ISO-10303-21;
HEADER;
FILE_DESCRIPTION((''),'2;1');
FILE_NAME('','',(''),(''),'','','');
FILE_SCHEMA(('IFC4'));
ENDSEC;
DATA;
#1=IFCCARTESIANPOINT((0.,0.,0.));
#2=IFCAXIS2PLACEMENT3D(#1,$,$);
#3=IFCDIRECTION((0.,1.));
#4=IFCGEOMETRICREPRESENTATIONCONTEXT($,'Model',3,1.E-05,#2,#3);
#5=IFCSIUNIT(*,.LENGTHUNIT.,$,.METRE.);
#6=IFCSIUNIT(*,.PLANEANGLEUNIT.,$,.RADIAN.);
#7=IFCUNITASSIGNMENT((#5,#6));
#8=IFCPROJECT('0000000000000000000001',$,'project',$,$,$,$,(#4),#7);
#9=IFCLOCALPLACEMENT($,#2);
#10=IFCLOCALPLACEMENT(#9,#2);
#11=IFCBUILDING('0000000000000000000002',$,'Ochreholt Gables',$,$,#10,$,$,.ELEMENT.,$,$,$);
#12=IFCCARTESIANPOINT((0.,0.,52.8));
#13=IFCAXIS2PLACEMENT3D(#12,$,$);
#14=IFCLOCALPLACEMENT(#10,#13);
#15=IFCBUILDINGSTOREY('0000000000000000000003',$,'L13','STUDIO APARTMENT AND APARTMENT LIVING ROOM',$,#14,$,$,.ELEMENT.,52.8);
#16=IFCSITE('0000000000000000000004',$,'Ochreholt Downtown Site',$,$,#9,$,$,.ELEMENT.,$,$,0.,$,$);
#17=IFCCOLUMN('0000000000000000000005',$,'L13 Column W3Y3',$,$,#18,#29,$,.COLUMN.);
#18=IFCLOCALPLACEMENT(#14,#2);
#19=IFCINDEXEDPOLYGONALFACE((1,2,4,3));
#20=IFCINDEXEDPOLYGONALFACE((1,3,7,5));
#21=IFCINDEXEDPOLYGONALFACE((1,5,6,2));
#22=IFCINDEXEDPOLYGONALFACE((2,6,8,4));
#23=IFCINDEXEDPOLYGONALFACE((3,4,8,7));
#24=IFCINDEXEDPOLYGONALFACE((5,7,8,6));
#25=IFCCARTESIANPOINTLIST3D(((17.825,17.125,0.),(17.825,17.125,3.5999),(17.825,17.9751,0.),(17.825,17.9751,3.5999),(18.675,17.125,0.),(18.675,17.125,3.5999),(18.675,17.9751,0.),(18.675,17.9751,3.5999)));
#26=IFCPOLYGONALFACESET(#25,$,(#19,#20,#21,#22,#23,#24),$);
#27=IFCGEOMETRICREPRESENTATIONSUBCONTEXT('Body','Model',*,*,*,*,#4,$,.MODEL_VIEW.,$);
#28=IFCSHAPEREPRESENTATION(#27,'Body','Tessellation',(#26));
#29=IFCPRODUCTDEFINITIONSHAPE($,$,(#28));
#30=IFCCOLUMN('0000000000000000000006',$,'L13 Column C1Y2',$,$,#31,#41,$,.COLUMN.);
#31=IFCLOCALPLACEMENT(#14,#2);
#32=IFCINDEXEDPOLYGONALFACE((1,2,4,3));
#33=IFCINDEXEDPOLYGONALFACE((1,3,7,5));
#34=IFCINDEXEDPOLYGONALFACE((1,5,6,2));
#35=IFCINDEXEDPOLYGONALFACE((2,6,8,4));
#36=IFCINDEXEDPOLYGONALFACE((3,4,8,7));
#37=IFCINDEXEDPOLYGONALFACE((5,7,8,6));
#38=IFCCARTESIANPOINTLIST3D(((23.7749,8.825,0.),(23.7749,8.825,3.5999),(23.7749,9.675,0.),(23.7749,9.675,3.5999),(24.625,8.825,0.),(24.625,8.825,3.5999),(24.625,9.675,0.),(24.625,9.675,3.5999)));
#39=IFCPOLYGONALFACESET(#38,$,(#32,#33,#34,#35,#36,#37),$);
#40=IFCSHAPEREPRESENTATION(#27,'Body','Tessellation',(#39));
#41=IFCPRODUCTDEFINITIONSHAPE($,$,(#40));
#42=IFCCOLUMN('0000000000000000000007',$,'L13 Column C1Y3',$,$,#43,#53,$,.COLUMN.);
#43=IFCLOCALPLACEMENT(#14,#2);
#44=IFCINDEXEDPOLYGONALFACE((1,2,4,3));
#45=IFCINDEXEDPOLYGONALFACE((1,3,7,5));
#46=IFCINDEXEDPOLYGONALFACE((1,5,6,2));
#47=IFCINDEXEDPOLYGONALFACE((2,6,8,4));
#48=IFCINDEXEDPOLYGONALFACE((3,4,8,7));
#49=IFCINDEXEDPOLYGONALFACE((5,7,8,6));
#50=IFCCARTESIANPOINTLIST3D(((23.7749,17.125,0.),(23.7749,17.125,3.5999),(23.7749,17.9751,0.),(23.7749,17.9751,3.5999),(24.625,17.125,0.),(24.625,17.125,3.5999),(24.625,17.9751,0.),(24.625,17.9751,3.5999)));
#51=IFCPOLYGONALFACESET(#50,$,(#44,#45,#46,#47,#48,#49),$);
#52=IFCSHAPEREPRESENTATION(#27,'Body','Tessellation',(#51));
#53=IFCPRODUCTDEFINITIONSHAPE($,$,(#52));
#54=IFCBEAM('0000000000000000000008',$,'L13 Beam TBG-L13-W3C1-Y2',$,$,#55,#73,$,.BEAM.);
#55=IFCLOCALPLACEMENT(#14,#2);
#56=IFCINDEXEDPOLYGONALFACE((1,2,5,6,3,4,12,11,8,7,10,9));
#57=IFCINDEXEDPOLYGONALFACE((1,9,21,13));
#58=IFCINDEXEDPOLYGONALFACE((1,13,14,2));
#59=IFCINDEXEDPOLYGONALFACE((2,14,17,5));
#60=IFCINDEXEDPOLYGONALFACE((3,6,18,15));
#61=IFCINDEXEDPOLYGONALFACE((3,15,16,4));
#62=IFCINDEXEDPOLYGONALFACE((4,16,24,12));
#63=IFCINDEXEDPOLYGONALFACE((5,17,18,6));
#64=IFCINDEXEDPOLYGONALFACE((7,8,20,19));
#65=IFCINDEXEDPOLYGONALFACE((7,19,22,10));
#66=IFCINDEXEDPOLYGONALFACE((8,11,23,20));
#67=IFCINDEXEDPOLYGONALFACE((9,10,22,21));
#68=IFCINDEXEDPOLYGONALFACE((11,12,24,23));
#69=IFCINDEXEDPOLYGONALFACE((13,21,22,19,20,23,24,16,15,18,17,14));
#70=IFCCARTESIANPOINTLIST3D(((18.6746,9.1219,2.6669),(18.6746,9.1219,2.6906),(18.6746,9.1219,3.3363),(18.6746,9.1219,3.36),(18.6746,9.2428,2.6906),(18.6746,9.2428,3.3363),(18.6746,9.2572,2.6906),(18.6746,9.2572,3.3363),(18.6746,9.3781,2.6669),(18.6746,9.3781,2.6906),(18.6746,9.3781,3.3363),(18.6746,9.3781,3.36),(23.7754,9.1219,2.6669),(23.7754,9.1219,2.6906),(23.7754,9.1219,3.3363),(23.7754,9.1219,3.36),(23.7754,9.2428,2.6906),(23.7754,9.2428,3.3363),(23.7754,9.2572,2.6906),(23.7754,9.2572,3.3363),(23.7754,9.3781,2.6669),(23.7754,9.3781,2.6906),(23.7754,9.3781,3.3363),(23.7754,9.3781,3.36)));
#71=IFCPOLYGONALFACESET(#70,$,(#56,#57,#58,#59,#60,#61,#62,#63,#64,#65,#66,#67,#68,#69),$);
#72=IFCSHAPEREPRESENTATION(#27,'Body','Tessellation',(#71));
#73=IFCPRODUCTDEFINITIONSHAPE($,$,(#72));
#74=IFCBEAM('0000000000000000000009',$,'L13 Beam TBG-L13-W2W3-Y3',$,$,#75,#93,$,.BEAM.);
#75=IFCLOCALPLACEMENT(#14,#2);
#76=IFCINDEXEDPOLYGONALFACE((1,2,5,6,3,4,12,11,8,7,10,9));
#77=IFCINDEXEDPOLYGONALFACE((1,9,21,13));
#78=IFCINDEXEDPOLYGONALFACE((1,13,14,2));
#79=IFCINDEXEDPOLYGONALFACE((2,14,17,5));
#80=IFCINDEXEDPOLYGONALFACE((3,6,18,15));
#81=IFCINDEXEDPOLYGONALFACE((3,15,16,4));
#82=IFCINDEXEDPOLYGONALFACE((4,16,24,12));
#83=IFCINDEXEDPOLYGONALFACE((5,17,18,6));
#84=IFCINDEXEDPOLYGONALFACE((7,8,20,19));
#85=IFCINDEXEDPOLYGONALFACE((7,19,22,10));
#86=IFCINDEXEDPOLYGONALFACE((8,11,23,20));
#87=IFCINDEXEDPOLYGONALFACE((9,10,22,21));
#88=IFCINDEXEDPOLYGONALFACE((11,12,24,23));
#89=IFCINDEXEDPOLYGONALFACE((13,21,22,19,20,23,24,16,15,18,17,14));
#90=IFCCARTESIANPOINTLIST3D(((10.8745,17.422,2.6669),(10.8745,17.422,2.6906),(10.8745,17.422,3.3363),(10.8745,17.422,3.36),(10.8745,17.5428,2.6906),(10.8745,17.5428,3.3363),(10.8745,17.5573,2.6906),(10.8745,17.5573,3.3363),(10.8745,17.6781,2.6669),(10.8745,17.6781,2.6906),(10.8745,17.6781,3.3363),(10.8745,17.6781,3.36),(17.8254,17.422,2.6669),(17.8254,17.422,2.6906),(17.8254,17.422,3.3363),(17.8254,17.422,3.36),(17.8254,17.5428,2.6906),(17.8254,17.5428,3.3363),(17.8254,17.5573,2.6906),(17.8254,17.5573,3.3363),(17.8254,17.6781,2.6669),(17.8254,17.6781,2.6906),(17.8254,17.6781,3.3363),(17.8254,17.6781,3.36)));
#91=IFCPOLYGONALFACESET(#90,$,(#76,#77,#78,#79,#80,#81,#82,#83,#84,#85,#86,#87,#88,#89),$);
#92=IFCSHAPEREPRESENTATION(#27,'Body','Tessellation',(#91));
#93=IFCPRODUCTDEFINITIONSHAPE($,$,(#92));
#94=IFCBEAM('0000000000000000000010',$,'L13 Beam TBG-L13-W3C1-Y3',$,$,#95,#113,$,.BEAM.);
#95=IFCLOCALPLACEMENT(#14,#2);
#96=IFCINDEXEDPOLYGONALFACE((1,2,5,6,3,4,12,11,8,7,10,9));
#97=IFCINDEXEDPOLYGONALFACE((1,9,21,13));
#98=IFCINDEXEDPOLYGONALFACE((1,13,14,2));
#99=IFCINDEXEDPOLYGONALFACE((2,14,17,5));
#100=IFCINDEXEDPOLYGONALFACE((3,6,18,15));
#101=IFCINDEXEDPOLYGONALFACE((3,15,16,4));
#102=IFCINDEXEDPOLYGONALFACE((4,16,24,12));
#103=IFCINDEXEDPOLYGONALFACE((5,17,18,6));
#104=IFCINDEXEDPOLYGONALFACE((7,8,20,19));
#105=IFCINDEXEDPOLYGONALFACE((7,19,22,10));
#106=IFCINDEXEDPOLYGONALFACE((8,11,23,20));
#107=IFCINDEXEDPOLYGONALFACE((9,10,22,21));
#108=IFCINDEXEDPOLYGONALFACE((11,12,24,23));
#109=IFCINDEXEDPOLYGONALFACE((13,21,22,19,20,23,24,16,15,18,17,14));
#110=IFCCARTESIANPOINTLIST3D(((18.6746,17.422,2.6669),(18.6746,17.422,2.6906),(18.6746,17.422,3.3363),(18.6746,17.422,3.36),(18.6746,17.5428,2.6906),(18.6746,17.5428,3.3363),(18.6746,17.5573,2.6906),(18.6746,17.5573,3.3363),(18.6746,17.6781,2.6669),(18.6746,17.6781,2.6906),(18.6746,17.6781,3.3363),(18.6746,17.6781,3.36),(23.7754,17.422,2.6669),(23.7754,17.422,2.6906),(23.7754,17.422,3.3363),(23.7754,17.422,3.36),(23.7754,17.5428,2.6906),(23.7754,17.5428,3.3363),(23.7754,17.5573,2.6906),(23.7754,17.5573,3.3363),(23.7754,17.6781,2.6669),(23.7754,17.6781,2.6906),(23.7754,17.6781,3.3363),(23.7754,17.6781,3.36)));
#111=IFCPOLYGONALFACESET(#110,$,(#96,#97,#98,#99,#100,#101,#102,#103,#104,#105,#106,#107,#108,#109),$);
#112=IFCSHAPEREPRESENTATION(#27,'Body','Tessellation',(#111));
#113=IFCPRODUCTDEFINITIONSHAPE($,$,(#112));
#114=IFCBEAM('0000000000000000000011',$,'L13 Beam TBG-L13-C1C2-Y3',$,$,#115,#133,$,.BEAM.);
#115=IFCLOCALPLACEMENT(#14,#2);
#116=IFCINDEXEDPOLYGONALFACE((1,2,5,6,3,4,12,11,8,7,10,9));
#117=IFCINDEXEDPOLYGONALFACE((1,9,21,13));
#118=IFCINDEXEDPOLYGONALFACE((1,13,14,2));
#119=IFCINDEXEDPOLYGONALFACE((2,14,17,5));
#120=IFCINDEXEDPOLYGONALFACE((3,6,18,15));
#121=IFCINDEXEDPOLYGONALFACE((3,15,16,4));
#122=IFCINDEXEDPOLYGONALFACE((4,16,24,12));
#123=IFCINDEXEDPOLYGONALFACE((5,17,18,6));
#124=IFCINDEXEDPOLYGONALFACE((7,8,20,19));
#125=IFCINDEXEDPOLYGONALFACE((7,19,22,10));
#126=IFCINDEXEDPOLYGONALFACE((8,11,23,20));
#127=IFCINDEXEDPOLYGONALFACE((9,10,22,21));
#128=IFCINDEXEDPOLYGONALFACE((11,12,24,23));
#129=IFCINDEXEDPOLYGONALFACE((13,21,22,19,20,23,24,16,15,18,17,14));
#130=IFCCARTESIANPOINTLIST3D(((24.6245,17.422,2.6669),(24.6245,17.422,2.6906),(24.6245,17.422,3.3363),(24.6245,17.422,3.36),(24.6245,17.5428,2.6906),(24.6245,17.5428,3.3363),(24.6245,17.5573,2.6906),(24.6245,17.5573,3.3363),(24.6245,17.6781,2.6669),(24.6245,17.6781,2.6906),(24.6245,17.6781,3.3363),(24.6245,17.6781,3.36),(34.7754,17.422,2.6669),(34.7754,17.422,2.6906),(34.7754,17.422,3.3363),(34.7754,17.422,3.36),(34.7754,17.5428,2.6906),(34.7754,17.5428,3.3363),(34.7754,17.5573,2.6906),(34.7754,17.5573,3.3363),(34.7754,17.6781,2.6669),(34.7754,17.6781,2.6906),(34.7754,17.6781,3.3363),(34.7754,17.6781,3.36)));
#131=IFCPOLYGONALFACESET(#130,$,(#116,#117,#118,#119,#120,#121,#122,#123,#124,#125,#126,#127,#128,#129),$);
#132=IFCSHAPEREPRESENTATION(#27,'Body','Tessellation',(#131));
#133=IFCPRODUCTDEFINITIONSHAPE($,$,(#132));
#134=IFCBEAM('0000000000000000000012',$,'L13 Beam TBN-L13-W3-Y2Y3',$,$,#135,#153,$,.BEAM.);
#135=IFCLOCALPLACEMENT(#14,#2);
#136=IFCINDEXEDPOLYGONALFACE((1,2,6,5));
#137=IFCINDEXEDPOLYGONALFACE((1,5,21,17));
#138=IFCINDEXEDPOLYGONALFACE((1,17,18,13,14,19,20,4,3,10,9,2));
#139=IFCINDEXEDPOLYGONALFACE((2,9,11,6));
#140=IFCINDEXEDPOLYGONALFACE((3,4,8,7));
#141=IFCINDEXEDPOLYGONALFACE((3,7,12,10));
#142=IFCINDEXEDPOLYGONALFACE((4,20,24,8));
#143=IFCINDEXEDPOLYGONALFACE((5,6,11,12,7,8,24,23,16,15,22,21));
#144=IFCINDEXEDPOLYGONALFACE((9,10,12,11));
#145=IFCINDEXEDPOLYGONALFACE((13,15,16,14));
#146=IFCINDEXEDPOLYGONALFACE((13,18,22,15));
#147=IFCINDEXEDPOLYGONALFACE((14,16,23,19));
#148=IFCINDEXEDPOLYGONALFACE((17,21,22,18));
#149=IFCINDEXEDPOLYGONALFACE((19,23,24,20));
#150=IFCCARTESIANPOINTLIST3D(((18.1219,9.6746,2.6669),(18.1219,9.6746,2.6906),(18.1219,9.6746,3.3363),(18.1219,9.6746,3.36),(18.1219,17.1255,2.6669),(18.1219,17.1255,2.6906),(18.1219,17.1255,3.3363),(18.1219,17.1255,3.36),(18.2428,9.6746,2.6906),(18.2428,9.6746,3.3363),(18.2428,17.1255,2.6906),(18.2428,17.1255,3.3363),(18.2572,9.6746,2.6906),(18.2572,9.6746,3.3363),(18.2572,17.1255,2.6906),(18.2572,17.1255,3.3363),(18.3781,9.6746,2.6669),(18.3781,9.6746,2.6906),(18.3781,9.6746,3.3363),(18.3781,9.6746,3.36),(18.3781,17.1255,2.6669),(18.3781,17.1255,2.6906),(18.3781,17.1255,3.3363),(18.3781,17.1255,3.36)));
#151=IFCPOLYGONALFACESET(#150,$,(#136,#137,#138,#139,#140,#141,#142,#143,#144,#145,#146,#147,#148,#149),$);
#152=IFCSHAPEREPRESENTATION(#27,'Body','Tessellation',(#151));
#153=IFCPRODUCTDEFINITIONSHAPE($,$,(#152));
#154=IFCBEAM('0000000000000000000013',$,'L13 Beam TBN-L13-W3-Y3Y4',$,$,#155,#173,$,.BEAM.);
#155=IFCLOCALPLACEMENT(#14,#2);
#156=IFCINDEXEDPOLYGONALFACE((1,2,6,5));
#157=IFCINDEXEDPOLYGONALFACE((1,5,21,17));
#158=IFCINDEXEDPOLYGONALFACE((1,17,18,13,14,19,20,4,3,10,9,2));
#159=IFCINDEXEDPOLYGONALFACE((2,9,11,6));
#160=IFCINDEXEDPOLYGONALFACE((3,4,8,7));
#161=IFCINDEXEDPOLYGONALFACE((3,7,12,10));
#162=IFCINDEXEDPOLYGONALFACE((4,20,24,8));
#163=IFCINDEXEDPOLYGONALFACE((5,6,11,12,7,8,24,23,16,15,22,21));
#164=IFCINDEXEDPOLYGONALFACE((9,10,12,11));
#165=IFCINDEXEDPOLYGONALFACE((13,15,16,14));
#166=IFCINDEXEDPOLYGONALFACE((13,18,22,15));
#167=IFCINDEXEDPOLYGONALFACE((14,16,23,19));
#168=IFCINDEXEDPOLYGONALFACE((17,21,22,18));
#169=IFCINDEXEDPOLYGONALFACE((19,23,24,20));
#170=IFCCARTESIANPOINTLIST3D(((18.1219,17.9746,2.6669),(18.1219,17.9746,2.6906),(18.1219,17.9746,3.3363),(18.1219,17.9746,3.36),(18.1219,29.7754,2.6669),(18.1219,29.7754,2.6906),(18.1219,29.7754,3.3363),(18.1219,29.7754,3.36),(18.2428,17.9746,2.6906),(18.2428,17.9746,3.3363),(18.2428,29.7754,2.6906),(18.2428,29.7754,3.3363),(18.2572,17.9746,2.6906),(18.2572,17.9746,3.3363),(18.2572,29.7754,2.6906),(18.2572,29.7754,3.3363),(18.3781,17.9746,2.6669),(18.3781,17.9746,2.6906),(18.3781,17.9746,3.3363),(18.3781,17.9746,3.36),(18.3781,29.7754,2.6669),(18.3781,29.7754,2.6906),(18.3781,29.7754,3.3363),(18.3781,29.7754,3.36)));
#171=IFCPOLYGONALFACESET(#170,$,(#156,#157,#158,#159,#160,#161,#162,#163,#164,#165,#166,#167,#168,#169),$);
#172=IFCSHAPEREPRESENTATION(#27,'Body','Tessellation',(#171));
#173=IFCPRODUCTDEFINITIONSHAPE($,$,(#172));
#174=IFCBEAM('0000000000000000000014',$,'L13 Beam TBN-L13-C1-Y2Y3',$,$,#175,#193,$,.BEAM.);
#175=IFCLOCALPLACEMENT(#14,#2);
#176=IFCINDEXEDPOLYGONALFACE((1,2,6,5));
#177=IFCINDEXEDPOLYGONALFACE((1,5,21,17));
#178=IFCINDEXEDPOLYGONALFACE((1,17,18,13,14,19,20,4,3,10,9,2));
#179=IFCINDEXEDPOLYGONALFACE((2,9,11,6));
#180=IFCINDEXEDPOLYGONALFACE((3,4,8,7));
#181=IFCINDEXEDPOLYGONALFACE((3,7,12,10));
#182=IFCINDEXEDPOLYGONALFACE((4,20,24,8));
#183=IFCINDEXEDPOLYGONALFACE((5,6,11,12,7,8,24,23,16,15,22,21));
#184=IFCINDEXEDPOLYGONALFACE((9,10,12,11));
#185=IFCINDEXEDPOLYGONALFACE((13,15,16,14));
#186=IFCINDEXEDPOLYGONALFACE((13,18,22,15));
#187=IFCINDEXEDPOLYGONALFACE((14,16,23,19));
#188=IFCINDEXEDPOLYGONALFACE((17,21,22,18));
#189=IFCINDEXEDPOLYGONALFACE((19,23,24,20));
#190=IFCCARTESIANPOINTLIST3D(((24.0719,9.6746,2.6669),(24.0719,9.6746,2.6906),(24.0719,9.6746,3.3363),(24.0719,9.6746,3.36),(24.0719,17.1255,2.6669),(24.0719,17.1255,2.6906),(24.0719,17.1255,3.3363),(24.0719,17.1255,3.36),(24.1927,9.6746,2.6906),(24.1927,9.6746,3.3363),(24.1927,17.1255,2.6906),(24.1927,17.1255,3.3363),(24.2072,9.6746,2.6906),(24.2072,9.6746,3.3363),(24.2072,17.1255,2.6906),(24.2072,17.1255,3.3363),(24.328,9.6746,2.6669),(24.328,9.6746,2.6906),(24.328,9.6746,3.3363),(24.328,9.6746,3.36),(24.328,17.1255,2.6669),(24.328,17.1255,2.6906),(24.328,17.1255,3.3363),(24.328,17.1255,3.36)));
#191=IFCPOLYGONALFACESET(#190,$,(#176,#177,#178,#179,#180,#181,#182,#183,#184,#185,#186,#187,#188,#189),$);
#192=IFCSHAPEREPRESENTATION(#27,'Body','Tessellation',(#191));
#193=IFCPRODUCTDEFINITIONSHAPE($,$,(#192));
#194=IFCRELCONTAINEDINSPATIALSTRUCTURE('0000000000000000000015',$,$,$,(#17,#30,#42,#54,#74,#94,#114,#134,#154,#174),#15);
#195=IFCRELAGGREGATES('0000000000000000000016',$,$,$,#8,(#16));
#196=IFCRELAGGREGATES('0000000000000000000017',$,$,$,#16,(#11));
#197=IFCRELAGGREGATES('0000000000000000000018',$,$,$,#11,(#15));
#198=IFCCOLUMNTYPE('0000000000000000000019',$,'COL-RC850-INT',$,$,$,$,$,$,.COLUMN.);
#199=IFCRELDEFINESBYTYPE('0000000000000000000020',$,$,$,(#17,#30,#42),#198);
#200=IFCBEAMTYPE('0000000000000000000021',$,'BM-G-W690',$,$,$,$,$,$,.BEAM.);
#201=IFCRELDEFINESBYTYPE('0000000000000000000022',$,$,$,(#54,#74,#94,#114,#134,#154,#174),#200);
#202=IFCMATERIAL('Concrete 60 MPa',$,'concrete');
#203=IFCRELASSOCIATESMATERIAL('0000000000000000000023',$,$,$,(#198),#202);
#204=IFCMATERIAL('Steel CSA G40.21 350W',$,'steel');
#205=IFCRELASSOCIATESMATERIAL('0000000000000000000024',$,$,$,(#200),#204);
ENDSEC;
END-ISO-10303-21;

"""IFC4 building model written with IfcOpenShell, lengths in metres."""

from ifc_helpers import new_model, si_unit, direction, frame, origin, origin_2d, place, context, subcontext, project, spatial, rectangle, i_section, extrude, material, material_profile, profile_set, type_object, element, save


model = new_model("IFC4")

# Units and contexts
model_context = context("Model", 3, precision=1e-05, world=origin(), true_north=direction((0.0, 1.0)))
body_context = subcontext(model_context, "Body", "Model", "MODEL_VIEW")
ifc_project = project(units=[si_unit("LENGTHUNIT", "METRE"), si_unit("PLANEANGLEUNIT", "RADIAN")], contexts=[model_context])

# Site, building, storey
site_placement = place(None, origin())
site = spatial("IfcSite", under=ifc_project, at=site_placement, Name="Ochreholt Downtown Site", CompositionType="ELEMENT", RefElevation=0.0)
building_placement = place(site_placement, origin())
building = spatial("IfcBuilding", under=site, at=building_placement, Name="Ochreholt Gables", CompositionType="ELEMENT")
storey_placement = place(building_placement, frame((0.0, 0.0, 52.8)))
storey = spatial("IfcBuildingStorey", under=building, at=storey_placement, Name="L13", Description="STUDIO APARTMENT AND APARTMENT LIVING ROOM", CompositionType="ELEMENT", Elevation=52.8)

# Columns
ifc_material_1 = material(Name="Concrete 60 MPa", Category="concrete")
ifc_material_profile_1 = material_profile(ifc_material_1, rectangle(XDim=0.8501, YDim=0.8501, at=origin_2d()), Name="RC850X850")
ifc_profile_set_1 = profile_set([ifc_material_profile_1], Name="Concrete 60 MPa")
column_type = type_object("IfcColumnType", Name="COL-RC850-INT", PredefinedType="COLUMN", material=ifc_profile_set_1)
for number, where, z_axis, x_axis, name in (
    (1, (18.25, 17.55, 0.0), (0.0, 0.0, 1.0), (1.0, 0.0, 0.0), "L13 Column W3Y3"),
    (2, (24.2, 9.25, 0.0), (0.0, 0.0, 1.0), (1.0, 0.0, 0.0), "L13 Column C1Y2"),
    (3, (24.2, 17.55, 0.0), (0.0, 0.0, 1.0), (1.0, 0.0, 0.0), "L13 Column C1Y3"),
):
    element("IfcColumn", number, at=place(storey_placement, frame(where, z_axis=z_axis, x_axis=x_axis)), inside=storey, type_object=column_type, Name=name, PredefinedType="COLUMN", context=body_context, shape_type="SweptSolid", body=[
        extrude(rectangle(XDim=0.8501, YDim=0.8501, at=origin_2d()), origin(), (0.0, 0.0, 1.0), 3.5999),
    ])

# Beams
ifc_material_2 = material(Name="Steel CSA G40.21 350W", Category="steel")
ifc_material_profile_2 = material_profile(ifc_material_2, i_section(OverallWidth=0.2561, OverallDepth=0.6931, WebThickness=0.0144, FlangeThickness=0.0237, at=origin_2d()), Name="W690X170")
ifc_profile_set_2 = profile_set([ifc_material_profile_2], Name="Steel CSA G40.21 350W")
beam_type_1 = type_object("IfcBeamType", Name="BM-G-W690", PredefinedType="BEAM", material=ifc_profile_set_2)
beam_1_placement = place(storey_placement, frame((18.6746, 9.25, 3.0134), z_axis=(1.0, 0.0, 0.0), x_axis=(0.0, 1.0, 0.0)))
element("IfcBeam", 4, at=beam_1_placement, inside=storey, type_object=beam_type_1, Name="L13 Beam TBG-L13-W3C1-Y2", PredefinedType="BEAM", context=body_context, shape_type="SweptSolid", body=[
    extrude(i_section(OverallWidth=0.2561, OverallDepth=0.6931, WebThickness=0.0144, FlangeThickness=0.0237, at=origin_2d()), origin(), (0.0, 0.0, 1.0), 5.1008),
])
beam_2_placement = place(storey_placement, frame((10.8745, 17.55, 3.0134), z_axis=(1.0, 0.0, 0.0), x_axis=(0.0, 1.0, 0.0)))
element("IfcBeam", 5, at=beam_2_placement, inside=storey, type_object=beam_type_1, Name="L13 Beam TBG-L13-W2W3-Y3", PredefinedType="BEAM", context=body_context, shape_type="SweptSolid", body=[
    extrude(i_section(OverallWidth=0.2561, OverallDepth=0.6931, WebThickness=0.0144, FlangeThickness=0.0237, at=origin_2d()), origin(), (0.0, 0.0, 1.0), 6.9509),
])
beam_3_placement = place(storey_placement, frame((18.6746, 17.55, 3.0134), z_axis=(1.0, 0.0, 0.0), x_axis=(0.0, 1.0, 0.0)))
element("IfcBeam", 6, at=beam_3_placement, inside=storey, type_object=beam_type_1, Name="L13 Beam TBG-L13-W3C1-Y3", PredefinedType="BEAM", context=body_context, shape_type="SweptSolid", body=[
    extrude(i_section(OverallWidth=0.2561, OverallDepth=0.6931, WebThickness=0.0144, FlangeThickness=0.0237, at=origin_2d()), origin(), (0.0, 0.0, 1.0), 5.1008),
])
beam_4_placement = place(storey_placement, frame((24.6245, 17.55, 3.0134), z_axis=(1.0, 0.0, 0.0), x_axis=(0.0, 1.0, 0.0)))
element("IfcBeam", 7, at=beam_4_placement, inside=storey, type_object=beam_type_1, Name="L13 Beam TBG-L13-C1C2-Y3", PredefinedType="BEAM", context=body_context, shape_type="SweptSolid", body=[
    extrude(i_section(OverallWidth=0.2561, OverallDepth=0.6931, WebThickness=0.0144, FlangeThickness=0.0237, at=origin_2d()), origin(), (0.0, 0.0, 1.0), 10.1509),
])
beam_5_placement = place(storey_placement, frame((18.25, 9.6746, 3.0134), z_axis=(0.0, 1.0, 0.0), x_axis=(-1.0, 0.0, 0.0)))
element("IfcBeam", 8, at=beam_5_placement, inside=storey, type_object=beam_type_1, Name="L13 Beam TBN-L13-W3-Y2Y3", PredefinedType="BEAM", context=body_context, shape_type="SweptSolid", body=[
    extrude(i_section(OverallWidth=0.2561, OverallDepth=0.6931, WebThickness=0.0144, FlangeThickness=0.0237, at=origin_2d()), origin(), (0.0, 0.0, 1.0), 7.4509),
])
beam_6_placement = place(storey_placement, frame((18.25, 17.9746, 3.0134), z_axis=(0.0, 1.0, 0.0), x_axis=(-1.0, 0.0, 0.0)))
element("IfcBeam", 9, at=beam_6_placement, inside=storey, type_object=beam_type_1, Name="L13 Beam TBN-L13-W3-Y3Y4", PredefinedType="BEAM", context=body_context, shape_type="SweptSolid", body=[
    extrude(i_section(OverallWidth=0.2561, OverallDepth=0.6931, WebThickness=0.0144, FlangeThickness=0.0237, at=origin_2d()), origin(), (0.0, 0.0, 1.0), 11.8008),
])
beam_7_placement = place(storey_placement, frame((24.2, 9.6746, 3.0134), z_axis=(0.0, 1.0, 0.0), x_axis=(-1.0, 0.0, 0.0)))
element("IfcBeam", 10, at=beam_7_placement, inside=storey, type_object=beam_type_1, Name="L13 Beam TBN-L13-C1-Y2Y3", PredefinedType="BEAM", context=body_context, shape_type="SweptSolid", body=[
    extrude(i_section(OverallWidth=0.2561, OverallDepth=0.6931, WebThickness=0.0144, FlangeThickness=0.0237, at=origin_2d()), origin(), (0.0, 0.0, 1.0), 7.4509),
])

save(model, "model.ifc")
